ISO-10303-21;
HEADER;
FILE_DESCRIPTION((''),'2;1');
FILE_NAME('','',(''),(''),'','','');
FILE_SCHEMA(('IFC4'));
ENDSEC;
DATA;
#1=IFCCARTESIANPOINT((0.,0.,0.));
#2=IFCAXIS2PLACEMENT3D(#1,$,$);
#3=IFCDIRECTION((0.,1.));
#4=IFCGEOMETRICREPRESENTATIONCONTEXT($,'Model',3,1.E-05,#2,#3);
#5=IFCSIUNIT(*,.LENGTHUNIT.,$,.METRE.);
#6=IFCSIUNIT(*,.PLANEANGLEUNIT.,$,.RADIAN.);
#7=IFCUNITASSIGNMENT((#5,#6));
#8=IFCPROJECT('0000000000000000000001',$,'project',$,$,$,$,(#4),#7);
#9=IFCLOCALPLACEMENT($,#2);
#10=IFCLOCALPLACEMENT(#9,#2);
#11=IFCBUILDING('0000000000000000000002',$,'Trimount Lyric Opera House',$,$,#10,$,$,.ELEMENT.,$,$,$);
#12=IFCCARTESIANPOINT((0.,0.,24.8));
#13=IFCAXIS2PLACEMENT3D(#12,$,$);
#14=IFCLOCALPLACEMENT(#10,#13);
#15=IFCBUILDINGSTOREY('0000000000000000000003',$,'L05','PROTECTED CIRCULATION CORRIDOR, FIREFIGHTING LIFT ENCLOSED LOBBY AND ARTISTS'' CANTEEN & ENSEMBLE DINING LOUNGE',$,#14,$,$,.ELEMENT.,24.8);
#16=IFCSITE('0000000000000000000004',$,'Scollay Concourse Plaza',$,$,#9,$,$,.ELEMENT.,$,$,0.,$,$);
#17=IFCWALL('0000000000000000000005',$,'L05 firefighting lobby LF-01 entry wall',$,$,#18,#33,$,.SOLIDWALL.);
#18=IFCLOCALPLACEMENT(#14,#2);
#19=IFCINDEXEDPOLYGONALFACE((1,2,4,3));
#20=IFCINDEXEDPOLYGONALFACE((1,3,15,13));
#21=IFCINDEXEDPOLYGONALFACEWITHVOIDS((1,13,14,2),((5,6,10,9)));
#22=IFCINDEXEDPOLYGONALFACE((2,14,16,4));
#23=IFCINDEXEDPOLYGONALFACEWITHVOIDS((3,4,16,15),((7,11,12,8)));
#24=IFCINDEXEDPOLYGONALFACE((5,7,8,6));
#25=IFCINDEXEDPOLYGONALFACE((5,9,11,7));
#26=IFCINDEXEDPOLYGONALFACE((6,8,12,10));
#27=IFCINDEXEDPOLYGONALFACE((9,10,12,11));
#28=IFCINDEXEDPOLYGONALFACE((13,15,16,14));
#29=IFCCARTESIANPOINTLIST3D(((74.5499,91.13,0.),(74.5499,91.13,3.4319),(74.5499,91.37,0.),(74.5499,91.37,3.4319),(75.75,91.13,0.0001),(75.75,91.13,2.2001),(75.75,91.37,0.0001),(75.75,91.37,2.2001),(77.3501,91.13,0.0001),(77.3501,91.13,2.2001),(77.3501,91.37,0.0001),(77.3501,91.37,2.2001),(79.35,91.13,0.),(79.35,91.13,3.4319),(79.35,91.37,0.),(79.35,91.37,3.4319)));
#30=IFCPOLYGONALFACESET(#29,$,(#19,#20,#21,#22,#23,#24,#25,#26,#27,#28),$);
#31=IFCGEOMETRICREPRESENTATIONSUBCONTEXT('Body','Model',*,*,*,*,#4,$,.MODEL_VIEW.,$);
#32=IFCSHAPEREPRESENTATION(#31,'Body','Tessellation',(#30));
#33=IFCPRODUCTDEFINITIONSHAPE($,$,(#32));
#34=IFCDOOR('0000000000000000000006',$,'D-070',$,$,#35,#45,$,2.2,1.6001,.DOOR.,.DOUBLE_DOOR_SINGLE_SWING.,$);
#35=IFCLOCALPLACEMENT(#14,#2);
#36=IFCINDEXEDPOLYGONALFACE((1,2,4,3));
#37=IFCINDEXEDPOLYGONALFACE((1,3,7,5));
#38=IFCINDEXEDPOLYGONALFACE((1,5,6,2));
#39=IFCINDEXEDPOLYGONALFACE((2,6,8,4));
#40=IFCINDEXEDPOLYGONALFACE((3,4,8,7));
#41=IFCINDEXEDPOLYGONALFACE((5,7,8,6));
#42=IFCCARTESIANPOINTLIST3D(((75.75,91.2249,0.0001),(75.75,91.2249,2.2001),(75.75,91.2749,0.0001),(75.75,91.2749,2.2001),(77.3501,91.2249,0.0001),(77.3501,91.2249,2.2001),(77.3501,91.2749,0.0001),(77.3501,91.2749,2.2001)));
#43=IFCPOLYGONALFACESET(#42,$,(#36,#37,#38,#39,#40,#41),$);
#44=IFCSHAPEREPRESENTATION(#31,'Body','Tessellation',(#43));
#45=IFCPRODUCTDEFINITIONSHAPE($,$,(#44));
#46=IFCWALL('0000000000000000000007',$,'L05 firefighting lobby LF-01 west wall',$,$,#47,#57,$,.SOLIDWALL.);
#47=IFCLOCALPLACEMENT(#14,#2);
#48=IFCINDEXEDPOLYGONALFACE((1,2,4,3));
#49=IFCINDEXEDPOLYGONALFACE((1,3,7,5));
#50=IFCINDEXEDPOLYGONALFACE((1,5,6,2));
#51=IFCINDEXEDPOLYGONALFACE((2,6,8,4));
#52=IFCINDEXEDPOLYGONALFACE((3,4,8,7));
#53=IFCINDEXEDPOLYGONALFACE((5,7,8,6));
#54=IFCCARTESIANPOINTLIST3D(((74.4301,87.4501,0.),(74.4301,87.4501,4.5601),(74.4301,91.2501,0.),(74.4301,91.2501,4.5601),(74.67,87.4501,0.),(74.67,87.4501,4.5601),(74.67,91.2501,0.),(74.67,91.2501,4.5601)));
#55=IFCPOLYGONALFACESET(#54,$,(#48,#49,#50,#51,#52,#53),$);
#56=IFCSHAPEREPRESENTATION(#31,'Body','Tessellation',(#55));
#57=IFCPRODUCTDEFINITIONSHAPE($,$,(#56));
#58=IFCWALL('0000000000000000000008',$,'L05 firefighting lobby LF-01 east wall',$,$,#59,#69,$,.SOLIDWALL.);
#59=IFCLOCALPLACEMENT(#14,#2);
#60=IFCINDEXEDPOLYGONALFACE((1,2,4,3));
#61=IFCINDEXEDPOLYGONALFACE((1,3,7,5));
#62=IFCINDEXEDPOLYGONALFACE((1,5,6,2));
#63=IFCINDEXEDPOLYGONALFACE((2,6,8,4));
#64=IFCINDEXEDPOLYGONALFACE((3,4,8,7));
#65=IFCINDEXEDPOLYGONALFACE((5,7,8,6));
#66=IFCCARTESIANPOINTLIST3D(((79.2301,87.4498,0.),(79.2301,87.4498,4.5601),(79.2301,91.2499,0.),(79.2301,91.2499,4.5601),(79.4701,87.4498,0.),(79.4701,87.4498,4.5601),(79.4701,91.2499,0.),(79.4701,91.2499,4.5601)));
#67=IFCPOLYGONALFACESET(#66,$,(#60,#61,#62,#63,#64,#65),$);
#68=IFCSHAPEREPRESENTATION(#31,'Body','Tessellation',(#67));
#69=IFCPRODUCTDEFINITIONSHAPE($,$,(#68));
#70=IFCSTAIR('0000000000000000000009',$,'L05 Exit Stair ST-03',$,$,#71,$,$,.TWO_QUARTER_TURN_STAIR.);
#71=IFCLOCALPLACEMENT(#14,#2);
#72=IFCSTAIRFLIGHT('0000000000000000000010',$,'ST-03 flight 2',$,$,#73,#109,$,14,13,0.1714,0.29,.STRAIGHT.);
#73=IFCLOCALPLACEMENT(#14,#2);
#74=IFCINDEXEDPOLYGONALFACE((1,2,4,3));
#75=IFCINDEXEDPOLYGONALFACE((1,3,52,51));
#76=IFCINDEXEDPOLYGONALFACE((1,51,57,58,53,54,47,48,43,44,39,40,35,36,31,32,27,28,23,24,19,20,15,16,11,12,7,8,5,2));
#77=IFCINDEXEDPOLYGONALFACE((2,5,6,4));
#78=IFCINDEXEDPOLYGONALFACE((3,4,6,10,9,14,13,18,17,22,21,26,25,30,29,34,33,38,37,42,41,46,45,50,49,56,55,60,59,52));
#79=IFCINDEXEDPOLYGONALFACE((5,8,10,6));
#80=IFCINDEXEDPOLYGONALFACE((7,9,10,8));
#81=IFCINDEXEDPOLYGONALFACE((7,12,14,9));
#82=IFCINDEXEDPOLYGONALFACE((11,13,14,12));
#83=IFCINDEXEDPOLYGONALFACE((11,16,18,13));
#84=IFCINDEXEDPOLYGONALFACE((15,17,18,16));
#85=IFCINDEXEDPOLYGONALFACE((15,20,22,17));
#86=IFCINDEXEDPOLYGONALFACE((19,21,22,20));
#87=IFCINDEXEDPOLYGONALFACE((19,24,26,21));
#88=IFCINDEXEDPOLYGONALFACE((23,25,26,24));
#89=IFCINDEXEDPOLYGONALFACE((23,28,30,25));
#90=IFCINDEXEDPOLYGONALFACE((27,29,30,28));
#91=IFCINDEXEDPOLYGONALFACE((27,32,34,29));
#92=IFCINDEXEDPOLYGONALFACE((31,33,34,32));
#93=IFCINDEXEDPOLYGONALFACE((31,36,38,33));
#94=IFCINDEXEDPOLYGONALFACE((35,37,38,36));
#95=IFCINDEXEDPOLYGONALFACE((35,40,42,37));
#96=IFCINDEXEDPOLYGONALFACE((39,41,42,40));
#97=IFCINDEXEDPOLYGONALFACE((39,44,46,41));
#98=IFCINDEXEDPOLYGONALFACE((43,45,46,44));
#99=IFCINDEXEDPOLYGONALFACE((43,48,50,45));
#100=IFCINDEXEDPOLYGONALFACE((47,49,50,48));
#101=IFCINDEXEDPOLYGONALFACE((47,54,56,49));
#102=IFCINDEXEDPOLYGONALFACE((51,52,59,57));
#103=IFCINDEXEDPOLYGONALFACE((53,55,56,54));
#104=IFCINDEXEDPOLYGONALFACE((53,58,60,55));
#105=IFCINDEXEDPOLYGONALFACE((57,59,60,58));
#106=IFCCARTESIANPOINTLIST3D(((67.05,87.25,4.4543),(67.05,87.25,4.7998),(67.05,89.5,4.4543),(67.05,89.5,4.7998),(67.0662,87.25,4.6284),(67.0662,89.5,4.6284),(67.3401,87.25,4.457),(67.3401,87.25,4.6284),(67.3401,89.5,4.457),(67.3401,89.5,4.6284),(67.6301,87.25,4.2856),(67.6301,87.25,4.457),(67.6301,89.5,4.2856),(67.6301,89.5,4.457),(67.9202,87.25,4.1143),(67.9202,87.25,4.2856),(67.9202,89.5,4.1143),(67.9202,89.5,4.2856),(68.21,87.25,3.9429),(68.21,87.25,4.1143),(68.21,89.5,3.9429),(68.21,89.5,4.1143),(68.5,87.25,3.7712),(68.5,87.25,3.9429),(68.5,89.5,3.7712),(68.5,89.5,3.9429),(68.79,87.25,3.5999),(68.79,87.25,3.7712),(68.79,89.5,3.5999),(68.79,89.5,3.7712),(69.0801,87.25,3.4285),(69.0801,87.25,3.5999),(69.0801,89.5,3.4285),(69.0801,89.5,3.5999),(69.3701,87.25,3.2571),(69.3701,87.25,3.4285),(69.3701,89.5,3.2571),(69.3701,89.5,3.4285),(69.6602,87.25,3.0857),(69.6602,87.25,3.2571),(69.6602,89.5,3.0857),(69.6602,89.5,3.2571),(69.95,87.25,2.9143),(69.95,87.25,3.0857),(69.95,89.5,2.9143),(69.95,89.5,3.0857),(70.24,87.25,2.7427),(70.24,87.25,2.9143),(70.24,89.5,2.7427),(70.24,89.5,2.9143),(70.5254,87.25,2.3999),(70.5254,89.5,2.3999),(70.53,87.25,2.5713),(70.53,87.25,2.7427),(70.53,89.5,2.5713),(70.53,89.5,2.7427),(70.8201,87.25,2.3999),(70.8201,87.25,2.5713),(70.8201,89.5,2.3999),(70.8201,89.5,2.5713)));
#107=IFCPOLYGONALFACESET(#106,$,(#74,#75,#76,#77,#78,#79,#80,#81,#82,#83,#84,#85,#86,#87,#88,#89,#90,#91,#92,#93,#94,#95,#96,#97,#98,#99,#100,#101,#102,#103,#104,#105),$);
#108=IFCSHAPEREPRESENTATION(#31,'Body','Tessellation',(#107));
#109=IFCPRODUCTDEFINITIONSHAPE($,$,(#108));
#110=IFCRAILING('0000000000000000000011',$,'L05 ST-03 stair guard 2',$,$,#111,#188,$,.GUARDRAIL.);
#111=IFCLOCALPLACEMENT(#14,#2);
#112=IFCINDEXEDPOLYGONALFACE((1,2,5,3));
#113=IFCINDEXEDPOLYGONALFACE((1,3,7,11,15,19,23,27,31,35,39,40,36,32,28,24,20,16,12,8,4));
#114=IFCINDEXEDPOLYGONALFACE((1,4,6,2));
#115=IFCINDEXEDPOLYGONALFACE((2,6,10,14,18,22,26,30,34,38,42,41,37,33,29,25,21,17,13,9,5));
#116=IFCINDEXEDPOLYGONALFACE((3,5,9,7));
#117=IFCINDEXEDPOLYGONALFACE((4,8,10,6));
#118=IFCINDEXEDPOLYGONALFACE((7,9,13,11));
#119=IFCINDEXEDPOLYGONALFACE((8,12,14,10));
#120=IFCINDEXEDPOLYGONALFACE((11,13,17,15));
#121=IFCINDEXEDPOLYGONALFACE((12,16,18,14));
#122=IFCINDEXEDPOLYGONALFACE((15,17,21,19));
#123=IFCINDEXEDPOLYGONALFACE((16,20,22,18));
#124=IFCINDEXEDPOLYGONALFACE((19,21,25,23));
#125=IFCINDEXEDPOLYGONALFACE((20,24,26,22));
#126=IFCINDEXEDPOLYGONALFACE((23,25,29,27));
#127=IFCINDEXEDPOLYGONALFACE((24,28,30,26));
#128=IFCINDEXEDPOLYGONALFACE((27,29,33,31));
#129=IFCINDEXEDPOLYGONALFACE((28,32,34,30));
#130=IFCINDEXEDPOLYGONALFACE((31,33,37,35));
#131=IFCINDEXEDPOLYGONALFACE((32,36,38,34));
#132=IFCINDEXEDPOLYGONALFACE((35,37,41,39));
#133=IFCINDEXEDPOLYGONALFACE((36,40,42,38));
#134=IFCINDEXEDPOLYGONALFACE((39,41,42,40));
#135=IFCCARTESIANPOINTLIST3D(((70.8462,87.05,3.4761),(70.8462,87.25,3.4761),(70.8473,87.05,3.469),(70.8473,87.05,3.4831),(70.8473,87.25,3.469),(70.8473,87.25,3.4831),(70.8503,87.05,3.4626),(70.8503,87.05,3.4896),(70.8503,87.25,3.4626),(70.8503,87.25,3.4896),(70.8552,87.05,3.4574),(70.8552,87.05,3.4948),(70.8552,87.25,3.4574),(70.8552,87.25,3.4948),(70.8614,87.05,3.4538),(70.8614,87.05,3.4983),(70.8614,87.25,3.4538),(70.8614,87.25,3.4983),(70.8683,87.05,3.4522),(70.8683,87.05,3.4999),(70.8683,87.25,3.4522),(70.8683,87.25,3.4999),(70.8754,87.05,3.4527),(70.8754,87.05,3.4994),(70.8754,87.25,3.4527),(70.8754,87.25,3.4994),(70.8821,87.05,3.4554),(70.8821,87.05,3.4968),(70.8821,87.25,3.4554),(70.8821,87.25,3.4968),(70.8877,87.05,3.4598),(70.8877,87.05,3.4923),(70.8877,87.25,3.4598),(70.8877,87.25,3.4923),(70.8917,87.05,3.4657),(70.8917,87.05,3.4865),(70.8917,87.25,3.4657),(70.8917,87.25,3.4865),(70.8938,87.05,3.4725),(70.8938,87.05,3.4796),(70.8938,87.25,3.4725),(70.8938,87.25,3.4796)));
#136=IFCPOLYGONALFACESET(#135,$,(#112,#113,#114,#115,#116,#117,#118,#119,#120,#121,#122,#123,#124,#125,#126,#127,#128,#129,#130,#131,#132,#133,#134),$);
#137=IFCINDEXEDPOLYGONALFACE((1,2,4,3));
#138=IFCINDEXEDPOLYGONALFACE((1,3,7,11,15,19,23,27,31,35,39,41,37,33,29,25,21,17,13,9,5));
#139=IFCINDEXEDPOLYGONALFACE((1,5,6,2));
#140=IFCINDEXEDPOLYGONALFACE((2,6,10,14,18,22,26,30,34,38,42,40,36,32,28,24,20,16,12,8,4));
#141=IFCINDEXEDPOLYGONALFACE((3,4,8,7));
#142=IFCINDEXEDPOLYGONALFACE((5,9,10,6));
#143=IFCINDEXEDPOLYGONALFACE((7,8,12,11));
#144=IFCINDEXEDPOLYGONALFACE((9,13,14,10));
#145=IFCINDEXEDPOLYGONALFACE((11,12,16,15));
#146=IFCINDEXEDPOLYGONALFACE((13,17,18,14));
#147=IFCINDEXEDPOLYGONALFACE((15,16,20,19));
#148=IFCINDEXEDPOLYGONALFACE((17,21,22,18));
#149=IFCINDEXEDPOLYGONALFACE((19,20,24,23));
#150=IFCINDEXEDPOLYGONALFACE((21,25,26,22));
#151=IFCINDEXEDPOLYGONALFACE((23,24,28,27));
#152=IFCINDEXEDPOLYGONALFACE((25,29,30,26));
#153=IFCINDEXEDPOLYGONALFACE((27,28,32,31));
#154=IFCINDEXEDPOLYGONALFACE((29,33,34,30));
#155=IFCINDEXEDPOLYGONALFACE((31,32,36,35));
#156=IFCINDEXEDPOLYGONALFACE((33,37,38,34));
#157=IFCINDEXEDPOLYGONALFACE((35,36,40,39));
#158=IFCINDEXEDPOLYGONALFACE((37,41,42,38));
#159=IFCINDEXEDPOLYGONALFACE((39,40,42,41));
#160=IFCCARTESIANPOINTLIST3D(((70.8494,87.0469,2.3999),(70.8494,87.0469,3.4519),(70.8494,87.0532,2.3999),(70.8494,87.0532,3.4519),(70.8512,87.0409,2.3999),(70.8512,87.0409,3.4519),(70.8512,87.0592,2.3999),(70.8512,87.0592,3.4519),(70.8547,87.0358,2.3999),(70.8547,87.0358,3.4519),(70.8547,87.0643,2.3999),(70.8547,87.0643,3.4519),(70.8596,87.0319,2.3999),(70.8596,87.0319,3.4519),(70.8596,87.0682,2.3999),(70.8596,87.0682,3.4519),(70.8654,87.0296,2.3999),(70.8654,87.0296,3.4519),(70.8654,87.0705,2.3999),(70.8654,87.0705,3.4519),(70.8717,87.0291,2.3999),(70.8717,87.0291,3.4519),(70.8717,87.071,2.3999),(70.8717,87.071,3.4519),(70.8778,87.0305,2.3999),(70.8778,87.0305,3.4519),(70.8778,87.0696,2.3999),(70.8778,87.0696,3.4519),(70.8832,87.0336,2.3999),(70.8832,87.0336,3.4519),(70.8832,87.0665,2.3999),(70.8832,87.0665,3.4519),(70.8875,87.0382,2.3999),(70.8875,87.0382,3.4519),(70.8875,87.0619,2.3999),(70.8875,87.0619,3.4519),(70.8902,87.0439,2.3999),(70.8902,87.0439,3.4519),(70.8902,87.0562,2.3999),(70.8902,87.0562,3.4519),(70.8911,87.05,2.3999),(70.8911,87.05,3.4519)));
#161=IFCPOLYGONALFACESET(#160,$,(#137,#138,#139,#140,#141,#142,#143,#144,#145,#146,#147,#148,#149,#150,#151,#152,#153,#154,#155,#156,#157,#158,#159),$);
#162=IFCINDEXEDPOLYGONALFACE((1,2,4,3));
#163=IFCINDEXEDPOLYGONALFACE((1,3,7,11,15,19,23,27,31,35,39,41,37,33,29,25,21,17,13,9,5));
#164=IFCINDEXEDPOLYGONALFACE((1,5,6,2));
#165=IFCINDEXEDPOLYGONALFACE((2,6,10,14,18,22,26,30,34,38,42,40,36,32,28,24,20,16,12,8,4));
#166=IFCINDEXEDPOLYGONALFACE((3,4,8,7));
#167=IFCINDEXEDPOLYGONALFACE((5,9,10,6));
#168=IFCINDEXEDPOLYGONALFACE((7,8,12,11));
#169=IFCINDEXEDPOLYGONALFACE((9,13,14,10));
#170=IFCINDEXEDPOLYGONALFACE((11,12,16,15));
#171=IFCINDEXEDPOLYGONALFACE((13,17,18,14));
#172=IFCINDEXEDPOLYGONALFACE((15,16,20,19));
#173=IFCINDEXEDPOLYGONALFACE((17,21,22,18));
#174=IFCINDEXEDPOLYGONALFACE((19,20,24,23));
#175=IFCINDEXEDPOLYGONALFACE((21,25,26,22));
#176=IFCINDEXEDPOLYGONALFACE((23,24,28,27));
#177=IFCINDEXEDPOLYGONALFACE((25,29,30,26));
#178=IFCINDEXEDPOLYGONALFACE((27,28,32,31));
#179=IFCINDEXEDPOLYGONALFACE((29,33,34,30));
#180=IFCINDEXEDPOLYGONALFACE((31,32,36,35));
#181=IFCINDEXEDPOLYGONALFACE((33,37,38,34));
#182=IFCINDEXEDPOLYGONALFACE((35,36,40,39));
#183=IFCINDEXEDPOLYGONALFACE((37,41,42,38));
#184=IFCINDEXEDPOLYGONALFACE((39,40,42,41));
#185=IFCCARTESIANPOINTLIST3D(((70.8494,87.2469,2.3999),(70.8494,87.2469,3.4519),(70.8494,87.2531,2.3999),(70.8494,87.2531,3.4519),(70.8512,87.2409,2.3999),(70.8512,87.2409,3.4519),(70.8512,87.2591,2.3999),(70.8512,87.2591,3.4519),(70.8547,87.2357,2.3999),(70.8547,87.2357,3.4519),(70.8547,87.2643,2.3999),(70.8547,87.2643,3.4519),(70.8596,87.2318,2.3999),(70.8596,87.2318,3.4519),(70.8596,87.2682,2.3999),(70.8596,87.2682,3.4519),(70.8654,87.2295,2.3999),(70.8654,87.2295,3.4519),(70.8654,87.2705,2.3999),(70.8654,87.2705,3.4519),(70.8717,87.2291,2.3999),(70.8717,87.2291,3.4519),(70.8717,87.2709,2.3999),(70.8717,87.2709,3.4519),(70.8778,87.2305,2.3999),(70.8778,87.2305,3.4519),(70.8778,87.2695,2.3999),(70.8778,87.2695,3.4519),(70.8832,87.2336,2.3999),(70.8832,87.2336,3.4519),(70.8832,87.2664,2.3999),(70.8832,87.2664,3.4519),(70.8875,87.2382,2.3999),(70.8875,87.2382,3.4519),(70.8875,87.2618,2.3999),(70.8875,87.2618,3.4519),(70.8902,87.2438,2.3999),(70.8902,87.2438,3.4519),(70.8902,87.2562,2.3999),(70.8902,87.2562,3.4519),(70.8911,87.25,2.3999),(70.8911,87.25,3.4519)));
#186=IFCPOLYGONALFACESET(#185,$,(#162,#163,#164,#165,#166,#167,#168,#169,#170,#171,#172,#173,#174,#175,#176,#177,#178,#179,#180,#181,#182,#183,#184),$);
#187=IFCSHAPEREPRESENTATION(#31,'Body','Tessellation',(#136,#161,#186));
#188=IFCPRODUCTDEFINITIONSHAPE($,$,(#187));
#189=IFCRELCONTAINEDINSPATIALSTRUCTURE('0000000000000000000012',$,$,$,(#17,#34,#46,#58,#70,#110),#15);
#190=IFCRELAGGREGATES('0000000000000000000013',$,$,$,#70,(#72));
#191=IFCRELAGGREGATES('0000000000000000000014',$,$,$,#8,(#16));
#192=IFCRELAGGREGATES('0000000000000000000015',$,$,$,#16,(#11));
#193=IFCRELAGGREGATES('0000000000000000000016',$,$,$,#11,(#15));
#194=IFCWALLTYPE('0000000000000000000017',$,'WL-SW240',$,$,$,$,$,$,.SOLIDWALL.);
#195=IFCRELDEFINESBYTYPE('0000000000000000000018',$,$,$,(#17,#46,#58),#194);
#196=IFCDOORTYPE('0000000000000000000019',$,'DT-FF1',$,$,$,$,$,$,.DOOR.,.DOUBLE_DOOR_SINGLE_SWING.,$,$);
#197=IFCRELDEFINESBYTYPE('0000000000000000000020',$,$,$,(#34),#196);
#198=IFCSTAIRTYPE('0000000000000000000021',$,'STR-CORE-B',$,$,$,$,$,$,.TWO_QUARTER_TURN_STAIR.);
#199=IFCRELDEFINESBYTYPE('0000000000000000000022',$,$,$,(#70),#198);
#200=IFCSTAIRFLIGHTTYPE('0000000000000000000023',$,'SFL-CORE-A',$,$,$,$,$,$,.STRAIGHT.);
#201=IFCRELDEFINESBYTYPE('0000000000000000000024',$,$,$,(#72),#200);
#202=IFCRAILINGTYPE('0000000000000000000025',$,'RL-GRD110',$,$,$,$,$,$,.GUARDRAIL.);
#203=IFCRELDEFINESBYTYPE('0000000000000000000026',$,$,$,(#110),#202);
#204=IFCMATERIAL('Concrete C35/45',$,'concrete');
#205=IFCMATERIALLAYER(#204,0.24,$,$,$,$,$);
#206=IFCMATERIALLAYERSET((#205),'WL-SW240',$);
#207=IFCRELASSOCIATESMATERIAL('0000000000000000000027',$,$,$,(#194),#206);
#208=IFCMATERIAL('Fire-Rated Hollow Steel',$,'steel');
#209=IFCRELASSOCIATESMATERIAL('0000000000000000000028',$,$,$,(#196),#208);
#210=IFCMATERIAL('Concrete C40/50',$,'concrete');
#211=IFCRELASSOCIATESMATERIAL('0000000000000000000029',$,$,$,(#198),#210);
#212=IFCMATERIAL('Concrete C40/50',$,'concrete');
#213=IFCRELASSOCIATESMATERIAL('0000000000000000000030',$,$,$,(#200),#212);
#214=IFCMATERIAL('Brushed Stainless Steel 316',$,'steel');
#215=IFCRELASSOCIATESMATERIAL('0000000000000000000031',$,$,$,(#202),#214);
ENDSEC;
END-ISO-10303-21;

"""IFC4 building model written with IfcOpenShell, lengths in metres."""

from ifc_helpers import new_model, si_unit, direction, frame, frame_2d, origin, origin_2d, place, context, subcontext, project, spatial, polyline, rectangle, circle, outline, extrude, material, layer, layer_set, type_object, element, fill, aggregate, save


model = new_model("IFC4")

# Units and contexts
model_context = context("Model", 3, precision=1e-05, world=origin(), true_north=direction((0.0, 1.0)))
body_context = subcontext(model_context, "Body", "Model", "MODEL_VIEW")
ifc_project = project(units=[si_unit("LENGTHUNIT", "METRE"), si_unit("PLANEANGLEUNIT", "RADIAN")], contexts=[model_context])

# Site, building, storey
site_placement = place(None, origin())
site = spatial("IfcSite", under=ifc_project, at=site_placement, Name="Scollay Concourse Plaza", CompositionType="ELEMENT", RefElevation=0.0)
building_placement = place(site_placement, origin())
building = spatial("IfcBuilding", under=site, at=building_placement, Name="Trimount Lyric Opera House", CompositionType="ELEMENT")
storey_placement = place(building_placement, frame((0.0, 0.0, 24.8)))
storey = spatial("IfcBuildingStorey", under=building, at=storey_placement, Name="L05", Description="PROTECTED CIRCULATION CORRIDOR, FIREFIGHTING LIFT ENCLOSED LOBBY AND ARTISTS' CANTEEN & ENSEMBLE DINING LOUNGE", CompositionType="ELEMENT", Elevation=24.8)

# Wall, opening, door
ifc_material_1 = material(Name="Concrete C35/45", Category="concrete")
ifc_layer_1 = layer(ifc_material_1, 0.24)
ifc_layer_set_1 = layer_set([ifc_layer_1], Name="WL-SW240")
wall_type_1 = type_object("IfcWallType", Name="WL-SW240", PredefinedType="SOLIDWALL", material=ifc_layer_set_1)
wall_1_placement = place(storey_placement, frame((74.55, 91.25, 0.0), z_axis=(0.0, 0.0, 1.0), x_axis=(1.0, 0.0, 0.0)))
wall_1 = element("IfcWall", 1, at=wall_1_placement, inside=storey, type_object=wall_type_1, Name="L05 firefighting lobby LF-01 entry wall", PredefinedType="SOLIDWALL", context=body_context, shape_type="SweptSolid", body=[
    extrude(rectangle(XDim=4.8, YDim=0.24, at=frame_2d((2.3999, 0.0))), origin(), (0.0, 0.0, 1.0), 3.4319),
])
opening_1_placement = place(wall_1_placement, frame((1.2, 0.0, 0.0)))
opening_1 = element("IfcOpeningElement", 2, at=opening_1_placement, cuts=wall_1, PredefinedType="OPENING", context=body_context, shape_type="SweptSolid", body=[
    extrude(rectangle(XDim=1.6001, YDim=2.2, at=frame_2d((0.8, 1.1001))), frame((0.0, 0.1299, 0.0), z_axis=(0.0, -1.0, 0.0), x_axis=(1.0, 0.0, 0.0)), (0.0, 0.0, 1.0), 0.26),
])
ifc_material_2 = material(Name="Fire-Rated Hollow Steel", Category="steel")
door_type_1 = type_object("IfcDoorType", Name="DT-FF1", OperationType="DOUBLE_DOOR_SINGLE_SWING", PredefinedType="DOOR", material=ifc_material_2)
door_1_placement = place(opening_1_placement, origin())
door_1 = element("IfcDoor", 3, at=door_1_placement, inside=storey, type_object=door_type_1, Name="D-070", OperationType="DOUBLE_DOOR_SINGLE_SWING", OverallHeight=2.2, OverallWidth=1.6001, PredefinedType="DOOR", context=body_context, shape_type="SweptSolid", body=[
    extrude(rectangle(XDim=1.6001, YDim=2.2, at=frame_2d((0.8, 1.1001))), frame((0.0, 0.0249, 0.0), z_axis=(0.0, -1.0, 0.0), x_axis=(1.0, 0.0, 0.0)), (0.0, 0.0, 1.0), 0.05),
])
fill(opening_1, door_1)

# Walls
for number, where, z_axis, x_axis, name in (
    (4, (74.55, 91.25, 0.0), (0.0, 0.0, 1.0), (0.0, -1.0, 0.0), "L05 firefighting lobby LF-01 west wall"),
    (5, (79.3501, 87.45, 0.0), (0.0, 0.0, 1.0), (0.0, 1.0, 0.0), "L05 firefighting lobby LF-01 east wall"),
):
    element("IfcWall", number, at=place(storey_placement, frame(where, z_axis=z_axis, x_axis=x_axis)), inside=storey, type_object=wall_type_1, Name=name, PredefinedType="SOLIDWALL", context=body_context, shape_type="SweptSolid", body=[
        extrude(rectangle(XDim=3.8, YDim=0.24, at=frame_2d((1.8999, 0.0))), origin(), (0.0, 0.0, 1.0), 4.5601),
    ])

# Stair, stair flight
ifc_material_3 = material(Name="Concrete C40/50", Category="concrete")
stair_type = type_object("IfcStairType", Name="STR-CORE-B", PredefinedType="TWO_QUARTER_TURN_STAIR", material=ifc_material_3)
stair_placement = place(storey_placement, origin())
stair = element("IfcStair", 6, at=stair_placement, inside=storey, type_object=stair_type, Name="L05 Exit Stair ST-03", PredefinedType="TWO_QUARTER_TURN_STAIR")
ifc_material_4 = material(Name="Concrete C40/50", Category="concrete")
stair_flight_type = type_object("IfcStairFlightType", Name="SFL-CORE-A", PredefinedType="STRAIGHT", material=ifc_material_4)
stair_flight_placement = place(storey_placement, frame((70.8201, 88.375, 2.3999), z_axis=(0.0, 0.0, 1.0), x_axis=(-1.0, 0.0, 0.0)))
stair_flight = element("IfcStairFlight", 7, at=stair_flight_placement, type_object=stair_flight_type, Name="ST-03 flight 2", NumberOfRisers=14, NumberOfTreads=13, PredefinedType="STRAIGHT", RiserHeight=0.1714, TreadLength=0.29, context=body_context, shape_type="SweptSolid", body=[
    extrude(outline(polyline([(0.0, 0.0), (0.0, 0.1714), (0.29, 0.1714), (0.29, 0.3428), (0.5801, 0.3428), (0.5801, 0.5144), (0.8701, 0.5144), (0.8701, 0.6858), (1.1599, 0.6858), (1.1599, 0.8572), (1.45, 0.8572), (1.45, 1.0286), (1.74, 1.0286), (1.74, 1.2), (2.03, 1.2), (2.03, 1.3713), (2.3201, 1.3713), (2.3201, 1.543), (2.6101, 1.543), (2.6101, 1.7144), (2.8999, 1.7144), (2.8999, 1.8857), (3.1899, 1.8857), (3.1899, 2.0571), (3.48, 2.0571), (3.48, 2.2285), (3.7539, 2.2285), (3.77, 2.3999), (3.77, 2.0544), (0.2947, 0.0), (0.0, 0.0)])), frame((0.0, 1.125, 0.0), z_axis=(0.0, -1.0, 0.0), x_axis=(1.0, 0.0, 0.0)), (0.0, 0.0, 1.0), 2.25),
])
aggregate(stair, [stair_flight])

# Railing
ifc_material_5 = material(Name="Brushed Stainless Steel 316", Category="steel")
railing_type_1 = type_object("IfcRailingType", Name="RL-GRD110", PredefinedType="GUARDRAIL", material=ifc_material_5)
railing_1_placement = place(storey_placement, frame((70.8701, 87.05, 2.3999)))
element("IfcRailing", 8, at=railing_1_placement, inside=storey, type_object=railing_type_1, Name="L05 ST-03 stair guard 2", PredefinedType="GUARDRAIL", context=body_context, shape_type="SweptSolid", body=[
    extrude(circle(Radius=0.0239, at=origin_2d()), frame((0.0, 0.0, 1.0762), z_axis=(0.0, 1.0, 0.0), x_axis=(-1.0, 0.0, 0.0)), (0.0, 0.0, 1.0), 0.2),
    extrude(circle(Radius=0.021, at=origin_2d()), origin(), (0.0, 0.0, 1.0), 1.052),
    extrude(circle(Radius=0.021, at=origin_2d()), frame((0.0, 0.2, 0.0)), (0.0, 0.0, 1.0), 1.052),
])

save(model, "model.ifc")
